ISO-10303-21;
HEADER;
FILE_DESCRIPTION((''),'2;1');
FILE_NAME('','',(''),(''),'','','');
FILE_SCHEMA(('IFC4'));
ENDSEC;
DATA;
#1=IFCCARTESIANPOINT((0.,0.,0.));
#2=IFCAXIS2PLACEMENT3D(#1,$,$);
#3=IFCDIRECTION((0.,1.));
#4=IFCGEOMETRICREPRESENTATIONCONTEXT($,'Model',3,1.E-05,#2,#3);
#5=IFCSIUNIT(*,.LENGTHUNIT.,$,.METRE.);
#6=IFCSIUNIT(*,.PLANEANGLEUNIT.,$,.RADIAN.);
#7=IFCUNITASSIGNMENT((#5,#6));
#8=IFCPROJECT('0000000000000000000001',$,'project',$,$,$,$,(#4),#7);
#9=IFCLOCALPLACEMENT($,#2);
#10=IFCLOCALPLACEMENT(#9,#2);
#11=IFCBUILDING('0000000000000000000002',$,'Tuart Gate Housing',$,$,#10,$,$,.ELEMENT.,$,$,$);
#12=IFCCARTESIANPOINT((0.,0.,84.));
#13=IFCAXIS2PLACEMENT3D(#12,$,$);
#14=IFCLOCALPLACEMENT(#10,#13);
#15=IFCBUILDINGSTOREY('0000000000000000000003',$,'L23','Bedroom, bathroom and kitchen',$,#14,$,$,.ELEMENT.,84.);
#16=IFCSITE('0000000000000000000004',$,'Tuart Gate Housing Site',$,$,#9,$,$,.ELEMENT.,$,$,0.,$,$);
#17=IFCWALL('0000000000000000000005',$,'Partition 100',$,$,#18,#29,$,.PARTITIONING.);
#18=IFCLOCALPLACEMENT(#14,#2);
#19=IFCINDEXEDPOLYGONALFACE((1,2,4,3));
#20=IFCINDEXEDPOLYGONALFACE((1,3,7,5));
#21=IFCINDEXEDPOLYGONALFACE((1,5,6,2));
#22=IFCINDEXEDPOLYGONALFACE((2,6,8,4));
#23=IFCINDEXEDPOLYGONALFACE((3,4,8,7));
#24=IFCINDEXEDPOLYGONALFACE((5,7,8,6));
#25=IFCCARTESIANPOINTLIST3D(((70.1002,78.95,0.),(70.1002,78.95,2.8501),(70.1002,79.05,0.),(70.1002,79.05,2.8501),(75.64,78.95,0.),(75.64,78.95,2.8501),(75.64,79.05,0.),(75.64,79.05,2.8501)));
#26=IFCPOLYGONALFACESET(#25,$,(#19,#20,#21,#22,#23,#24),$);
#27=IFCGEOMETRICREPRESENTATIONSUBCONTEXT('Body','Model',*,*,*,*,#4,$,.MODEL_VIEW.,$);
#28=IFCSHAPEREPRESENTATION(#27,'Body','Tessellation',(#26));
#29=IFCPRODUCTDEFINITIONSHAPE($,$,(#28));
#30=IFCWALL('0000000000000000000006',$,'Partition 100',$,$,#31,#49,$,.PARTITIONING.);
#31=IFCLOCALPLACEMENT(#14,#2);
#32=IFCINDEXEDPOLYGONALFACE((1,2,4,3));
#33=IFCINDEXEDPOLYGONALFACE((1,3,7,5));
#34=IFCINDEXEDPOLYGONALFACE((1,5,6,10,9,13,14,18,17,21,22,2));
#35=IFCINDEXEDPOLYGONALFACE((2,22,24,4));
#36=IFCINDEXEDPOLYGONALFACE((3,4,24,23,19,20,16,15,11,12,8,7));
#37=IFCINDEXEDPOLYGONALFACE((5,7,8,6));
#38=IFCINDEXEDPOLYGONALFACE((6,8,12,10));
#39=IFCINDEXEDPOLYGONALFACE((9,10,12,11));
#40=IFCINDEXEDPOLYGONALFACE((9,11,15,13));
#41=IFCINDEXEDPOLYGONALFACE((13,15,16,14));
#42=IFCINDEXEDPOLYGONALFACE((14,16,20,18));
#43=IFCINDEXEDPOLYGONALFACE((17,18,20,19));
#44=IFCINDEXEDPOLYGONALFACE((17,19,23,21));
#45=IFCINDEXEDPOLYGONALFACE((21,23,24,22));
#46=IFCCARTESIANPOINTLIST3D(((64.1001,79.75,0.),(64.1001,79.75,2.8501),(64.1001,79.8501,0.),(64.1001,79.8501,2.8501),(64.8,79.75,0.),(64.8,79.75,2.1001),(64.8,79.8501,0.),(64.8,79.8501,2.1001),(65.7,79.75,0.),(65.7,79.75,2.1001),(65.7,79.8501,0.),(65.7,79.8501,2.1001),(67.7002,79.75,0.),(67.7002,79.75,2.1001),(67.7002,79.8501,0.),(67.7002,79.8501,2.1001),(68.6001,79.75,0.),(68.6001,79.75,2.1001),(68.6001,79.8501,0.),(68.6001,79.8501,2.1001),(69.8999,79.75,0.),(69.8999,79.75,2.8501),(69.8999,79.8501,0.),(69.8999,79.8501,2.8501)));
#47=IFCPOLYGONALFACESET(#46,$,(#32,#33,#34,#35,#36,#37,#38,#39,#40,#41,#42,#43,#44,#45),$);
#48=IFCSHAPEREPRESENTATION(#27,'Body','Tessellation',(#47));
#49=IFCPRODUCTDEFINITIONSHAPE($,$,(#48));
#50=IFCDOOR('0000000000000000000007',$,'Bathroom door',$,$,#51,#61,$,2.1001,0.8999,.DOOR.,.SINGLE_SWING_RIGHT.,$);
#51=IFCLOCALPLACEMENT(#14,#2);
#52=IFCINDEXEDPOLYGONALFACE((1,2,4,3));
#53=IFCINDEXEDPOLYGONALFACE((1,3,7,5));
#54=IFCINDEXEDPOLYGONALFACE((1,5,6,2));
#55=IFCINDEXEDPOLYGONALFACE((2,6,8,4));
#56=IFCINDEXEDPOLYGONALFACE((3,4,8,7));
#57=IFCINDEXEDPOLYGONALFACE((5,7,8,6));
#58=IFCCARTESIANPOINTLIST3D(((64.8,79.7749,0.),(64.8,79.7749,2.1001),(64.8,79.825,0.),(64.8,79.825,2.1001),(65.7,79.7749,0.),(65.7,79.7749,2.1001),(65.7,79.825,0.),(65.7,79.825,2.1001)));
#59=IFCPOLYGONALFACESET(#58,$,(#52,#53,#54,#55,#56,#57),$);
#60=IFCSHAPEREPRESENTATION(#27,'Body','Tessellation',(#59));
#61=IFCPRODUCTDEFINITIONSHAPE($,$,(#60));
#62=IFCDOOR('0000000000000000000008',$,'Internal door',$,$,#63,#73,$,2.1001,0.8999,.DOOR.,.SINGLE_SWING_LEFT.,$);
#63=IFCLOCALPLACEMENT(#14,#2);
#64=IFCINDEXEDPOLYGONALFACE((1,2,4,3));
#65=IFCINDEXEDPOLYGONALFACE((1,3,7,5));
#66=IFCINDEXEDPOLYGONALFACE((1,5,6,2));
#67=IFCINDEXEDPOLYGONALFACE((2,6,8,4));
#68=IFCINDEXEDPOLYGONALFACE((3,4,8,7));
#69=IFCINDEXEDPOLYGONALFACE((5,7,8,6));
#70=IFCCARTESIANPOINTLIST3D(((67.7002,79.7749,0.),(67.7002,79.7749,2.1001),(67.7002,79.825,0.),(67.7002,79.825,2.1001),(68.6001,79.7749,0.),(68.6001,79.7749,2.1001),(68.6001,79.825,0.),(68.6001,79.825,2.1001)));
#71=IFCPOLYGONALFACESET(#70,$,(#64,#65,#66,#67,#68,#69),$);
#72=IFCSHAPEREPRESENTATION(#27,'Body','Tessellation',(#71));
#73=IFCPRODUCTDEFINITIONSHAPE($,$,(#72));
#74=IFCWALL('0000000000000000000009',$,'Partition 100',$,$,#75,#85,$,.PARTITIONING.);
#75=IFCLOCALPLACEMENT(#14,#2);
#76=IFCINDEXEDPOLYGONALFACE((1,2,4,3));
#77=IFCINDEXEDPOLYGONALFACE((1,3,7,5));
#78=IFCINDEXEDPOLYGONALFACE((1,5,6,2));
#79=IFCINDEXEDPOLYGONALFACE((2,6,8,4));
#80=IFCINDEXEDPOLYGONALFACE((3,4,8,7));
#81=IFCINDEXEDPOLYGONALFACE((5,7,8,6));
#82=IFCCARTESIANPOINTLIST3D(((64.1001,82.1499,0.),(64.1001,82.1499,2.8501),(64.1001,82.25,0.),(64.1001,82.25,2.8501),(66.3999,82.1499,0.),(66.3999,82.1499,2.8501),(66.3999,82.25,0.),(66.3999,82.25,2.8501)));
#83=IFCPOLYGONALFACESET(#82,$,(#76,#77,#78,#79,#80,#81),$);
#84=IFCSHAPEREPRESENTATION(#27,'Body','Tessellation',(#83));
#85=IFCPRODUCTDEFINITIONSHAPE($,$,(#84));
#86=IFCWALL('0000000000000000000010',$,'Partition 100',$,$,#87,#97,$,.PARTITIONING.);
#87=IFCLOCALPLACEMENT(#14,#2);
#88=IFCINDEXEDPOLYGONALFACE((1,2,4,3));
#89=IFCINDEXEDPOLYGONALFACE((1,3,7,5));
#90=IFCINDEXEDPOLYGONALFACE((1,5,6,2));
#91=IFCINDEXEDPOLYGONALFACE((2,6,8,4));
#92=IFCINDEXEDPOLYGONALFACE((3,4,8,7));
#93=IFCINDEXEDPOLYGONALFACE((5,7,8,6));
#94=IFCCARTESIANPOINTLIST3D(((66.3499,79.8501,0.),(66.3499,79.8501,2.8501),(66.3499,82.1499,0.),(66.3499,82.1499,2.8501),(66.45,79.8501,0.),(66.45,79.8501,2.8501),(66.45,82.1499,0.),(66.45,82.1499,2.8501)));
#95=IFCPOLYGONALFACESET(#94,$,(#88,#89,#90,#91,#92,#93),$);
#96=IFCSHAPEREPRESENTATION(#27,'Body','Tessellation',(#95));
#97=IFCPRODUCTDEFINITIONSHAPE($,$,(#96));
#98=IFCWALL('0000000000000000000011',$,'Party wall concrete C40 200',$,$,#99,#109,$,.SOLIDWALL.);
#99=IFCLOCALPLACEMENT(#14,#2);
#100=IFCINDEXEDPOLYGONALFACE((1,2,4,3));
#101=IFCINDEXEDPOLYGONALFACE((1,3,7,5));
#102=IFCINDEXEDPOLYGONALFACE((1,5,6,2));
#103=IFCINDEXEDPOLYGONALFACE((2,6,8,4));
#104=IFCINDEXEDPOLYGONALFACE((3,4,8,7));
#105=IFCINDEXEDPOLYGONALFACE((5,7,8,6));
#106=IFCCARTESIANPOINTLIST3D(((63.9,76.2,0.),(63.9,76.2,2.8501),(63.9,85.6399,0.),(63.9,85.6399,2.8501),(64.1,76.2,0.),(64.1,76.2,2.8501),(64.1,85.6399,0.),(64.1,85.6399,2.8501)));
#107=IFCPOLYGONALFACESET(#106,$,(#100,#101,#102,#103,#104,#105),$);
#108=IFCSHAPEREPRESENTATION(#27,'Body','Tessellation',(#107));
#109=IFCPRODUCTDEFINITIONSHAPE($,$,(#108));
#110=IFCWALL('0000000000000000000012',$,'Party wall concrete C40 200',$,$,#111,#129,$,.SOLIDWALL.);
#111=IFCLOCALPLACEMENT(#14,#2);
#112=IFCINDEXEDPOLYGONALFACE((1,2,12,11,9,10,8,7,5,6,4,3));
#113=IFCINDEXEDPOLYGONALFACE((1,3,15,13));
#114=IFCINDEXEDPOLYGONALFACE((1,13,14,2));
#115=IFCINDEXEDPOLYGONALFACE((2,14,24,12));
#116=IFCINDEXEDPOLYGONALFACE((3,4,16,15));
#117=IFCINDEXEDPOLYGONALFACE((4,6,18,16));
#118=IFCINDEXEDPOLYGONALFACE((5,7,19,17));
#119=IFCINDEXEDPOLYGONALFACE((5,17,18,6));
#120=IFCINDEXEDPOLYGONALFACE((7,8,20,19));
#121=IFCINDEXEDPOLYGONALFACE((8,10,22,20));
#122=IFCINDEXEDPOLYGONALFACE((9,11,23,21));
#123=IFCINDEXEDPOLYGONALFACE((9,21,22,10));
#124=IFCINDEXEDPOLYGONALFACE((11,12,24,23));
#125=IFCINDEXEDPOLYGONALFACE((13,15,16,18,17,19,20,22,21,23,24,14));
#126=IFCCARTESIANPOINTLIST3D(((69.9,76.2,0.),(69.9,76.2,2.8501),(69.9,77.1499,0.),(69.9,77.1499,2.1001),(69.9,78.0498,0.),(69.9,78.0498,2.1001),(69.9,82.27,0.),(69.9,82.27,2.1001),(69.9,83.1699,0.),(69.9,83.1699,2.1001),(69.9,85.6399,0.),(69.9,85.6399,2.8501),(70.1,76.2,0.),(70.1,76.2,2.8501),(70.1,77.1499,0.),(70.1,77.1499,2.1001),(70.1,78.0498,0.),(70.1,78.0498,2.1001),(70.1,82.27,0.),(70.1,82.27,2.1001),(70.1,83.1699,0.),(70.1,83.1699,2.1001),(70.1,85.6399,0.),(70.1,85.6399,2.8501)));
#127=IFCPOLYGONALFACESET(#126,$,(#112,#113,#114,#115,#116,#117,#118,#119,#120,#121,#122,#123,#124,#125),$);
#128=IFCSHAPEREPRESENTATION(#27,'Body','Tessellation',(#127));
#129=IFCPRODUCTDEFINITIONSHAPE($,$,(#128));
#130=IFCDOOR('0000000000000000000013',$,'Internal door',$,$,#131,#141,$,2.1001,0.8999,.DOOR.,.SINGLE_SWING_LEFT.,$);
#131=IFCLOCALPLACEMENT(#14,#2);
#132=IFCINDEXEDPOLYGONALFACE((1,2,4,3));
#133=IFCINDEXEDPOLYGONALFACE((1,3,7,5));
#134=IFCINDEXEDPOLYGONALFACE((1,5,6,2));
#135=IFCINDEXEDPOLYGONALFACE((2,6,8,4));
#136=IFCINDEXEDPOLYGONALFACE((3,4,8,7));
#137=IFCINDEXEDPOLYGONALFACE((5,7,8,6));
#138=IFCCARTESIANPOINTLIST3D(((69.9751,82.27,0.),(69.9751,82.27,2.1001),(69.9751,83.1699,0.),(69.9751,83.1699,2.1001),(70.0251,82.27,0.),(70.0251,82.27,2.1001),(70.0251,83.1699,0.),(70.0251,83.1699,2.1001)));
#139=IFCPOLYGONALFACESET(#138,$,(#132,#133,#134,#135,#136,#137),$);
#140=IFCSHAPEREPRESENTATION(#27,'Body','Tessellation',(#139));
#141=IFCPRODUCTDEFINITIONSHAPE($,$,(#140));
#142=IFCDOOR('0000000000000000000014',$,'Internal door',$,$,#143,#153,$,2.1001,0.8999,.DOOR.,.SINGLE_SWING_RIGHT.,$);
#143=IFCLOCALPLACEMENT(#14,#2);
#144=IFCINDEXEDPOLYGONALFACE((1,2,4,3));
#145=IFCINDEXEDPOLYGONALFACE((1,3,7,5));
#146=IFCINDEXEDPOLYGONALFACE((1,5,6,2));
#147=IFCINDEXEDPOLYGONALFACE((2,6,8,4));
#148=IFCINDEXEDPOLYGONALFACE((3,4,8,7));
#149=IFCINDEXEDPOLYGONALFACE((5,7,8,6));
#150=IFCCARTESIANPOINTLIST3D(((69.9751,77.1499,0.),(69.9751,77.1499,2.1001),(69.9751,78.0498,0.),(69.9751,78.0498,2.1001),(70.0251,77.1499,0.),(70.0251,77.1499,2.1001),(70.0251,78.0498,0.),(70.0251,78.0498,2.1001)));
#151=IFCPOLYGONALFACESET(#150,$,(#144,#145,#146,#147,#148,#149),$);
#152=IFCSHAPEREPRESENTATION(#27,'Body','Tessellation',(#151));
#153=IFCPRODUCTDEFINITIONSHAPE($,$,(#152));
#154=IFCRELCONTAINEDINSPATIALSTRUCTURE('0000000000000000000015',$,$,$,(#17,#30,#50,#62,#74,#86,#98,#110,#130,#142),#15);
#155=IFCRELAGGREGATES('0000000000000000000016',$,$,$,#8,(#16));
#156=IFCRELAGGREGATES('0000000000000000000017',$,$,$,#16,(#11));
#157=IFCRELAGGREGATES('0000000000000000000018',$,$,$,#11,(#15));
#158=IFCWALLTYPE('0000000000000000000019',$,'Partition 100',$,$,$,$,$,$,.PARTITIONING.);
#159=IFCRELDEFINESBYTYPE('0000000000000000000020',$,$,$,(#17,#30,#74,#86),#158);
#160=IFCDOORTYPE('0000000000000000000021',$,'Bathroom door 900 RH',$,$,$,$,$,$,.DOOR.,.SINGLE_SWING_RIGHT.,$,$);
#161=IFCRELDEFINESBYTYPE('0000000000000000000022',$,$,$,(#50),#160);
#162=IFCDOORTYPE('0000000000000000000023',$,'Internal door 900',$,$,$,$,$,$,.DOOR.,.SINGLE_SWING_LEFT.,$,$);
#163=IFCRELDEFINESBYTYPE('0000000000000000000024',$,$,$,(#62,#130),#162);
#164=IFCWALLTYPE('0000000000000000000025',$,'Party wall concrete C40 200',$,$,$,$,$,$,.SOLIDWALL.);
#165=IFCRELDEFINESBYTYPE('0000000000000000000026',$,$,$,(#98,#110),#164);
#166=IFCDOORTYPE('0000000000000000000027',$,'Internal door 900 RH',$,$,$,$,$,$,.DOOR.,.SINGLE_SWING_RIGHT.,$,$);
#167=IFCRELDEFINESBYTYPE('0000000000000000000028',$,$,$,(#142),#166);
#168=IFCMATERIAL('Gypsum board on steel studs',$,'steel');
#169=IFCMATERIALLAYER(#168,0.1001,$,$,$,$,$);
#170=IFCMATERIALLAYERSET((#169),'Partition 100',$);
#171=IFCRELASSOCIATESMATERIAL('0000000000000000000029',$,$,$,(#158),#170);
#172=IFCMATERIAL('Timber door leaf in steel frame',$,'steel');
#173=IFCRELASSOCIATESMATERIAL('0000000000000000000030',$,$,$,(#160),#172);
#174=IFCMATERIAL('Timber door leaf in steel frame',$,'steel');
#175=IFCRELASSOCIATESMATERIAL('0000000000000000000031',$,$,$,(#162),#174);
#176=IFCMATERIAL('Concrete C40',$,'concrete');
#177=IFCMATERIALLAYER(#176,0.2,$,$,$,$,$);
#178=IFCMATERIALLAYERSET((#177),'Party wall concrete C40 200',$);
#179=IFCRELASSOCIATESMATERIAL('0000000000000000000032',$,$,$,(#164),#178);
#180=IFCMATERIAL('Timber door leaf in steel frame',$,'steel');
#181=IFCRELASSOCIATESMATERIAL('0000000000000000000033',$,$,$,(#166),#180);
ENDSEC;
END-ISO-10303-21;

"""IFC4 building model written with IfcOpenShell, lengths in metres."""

from ifc_helpers import new_model, si_unit, direction, frame, frame_2d, origin, place, context, subcontext, project, spatial, rectangle, extrude, material, layer, layer_set, type_object, element, fill, save


model = new_model("IFC4")

# Units and contexts
model_context = context("Model", 3, precision=1e-05, world=origin(), true_north=direction((0.0, 1.0)))
body_context = subcontext(model_context, "Body", "Model", "MODEL_VIEW")
ifc_project = project(units=[si_unit("LENGTHUNIT", "METRE"), si_unit("PLANEANGLEUNIT", "RADIAN")], contexts=[model_context])

# Site, building, storey
site_placement = place(None, origin())
site = spatial("IfcSite", under=ifc_project, at=site_placement, Name="Tuart Gate Housing Site", CompositionType="ELEMENT", RefElevation=0.0)
building_placement = place(site_placement, origin())
building = spatial("IfcBuilding", under=site, at=building_placement, Name="Tuart Gate Housing", CompositionType="ELEMENT")
storey_placement = place(building_placement, frame((0.0, 0.0, 84.0)))
storey = spatial("IfcBuildingStorey", under=building, at=storey_placement, Name="L23", Description="Bedroom, bathroom and kitchen", CompositionType="ELEMENT", Elevation=84.0)

# Wall
ifc_material_1 = material(Name="Gypsum board on steel studs", Category="steel")
ifc_layer_1 = layer(ifc_material_1, 0.1001)
ifc_layer_set_1 = layer_set([ifc_layer_1], Name="Partition 100")
wall_type_1 = type_object("IfcWallType", Name="Partition 100", PredefinedType="PARTITIONING", material=ifc_layer_set_1)
wall_1_placement = place(storey_placement, frame((70.1001, 79.0, 0.0), z_axis=(0.0, 0.0, 1.0), x_axis=(1.0, 0.0, 0.0)))
element("IfcWall", 1, at=wall_1_placement, inside=storey, type_object=wall_type_1, Name="Partition 100", PredefinedType="PARTITIONING", context=body_context, shape_type="SweptSolid", body=[
    extrude(rectangle(XDim=5.5398, YDim=0.1001, at=frame_2d((2.77, 0.0))), origin(), (0.0, 0.0, 1.0), 2.8501),
])

# Wall, openings, doors
wall_2_placement = place(storey_placement, frame((64.1001, 79.8, 0.0), z_axis=(0.0, 0.0, 1.0), x_axis=(1.0, 0.0, 0.0)))
wall_2 = element("IfcWall", 2, at=wall_2_placement, inside=storey, type_object=wall_type_1, Name="Partition 100", PredefinedType="PARTITIONING", context=body_context, shape_type="SweptSolid", body=[
    extrude(rectangle(XDim=5.7998, YDim=0.1001, at=frame_2d((2.8999, 0.0))), origin(), (0.0, 0.0, 1.0), 2.8501),
])
opening_1_placement = place(wall_2_placement, frame((3.6001, 0.0, 0.0)))
opening_1 = element("IfcOpeningElement", 3, at=opening_1_placement, cuts=wall_2, PredefinedType="OPENING", context=body_context, shape_type="SweptSolid", body=[
    extrude(rectangle(XDim=0.8999, YDim=2.1001, at=frame_2d((0.45, 1.05))), frame((0.0, 0.0601, 0.0), z_axis=(0.0, -1.0, 0.0), x_axis=(1.0, 0.0, 0.0)), (0.0, 0.0, 1.0), 0.1201),
])
opening_2_placement = place(wall_2_placement, frame((0.7, 0.0, 0.0)))
opening_2 = element("IfcOpeningElement", 4, at=opening_2_placement, cuts=wall_2, PredefinedType="OPENING", context=body_context, shape_type="SweptSolid", body=[
    extrude(rectangle(XDim=0.8999, YDim=2.1001, at=frame_2d((0.45, 1.05))), frame((0.0, 0.0601, 0.0), z_axis=(0.0, -1.0, 0.0), x_axis=(1.0, 0.0, 0.0)), (0.0, 0.0, 1.0), 0.1201),
])
ifc_material_2 = material(Name="Timber door leaf in steel frame", Category="steel")
door_type_1 = type_object("IfcDoorType", Name="Bathroom door 900 RH", OperationType="SINGLE_SWING_RIGHT", PredefinedType="DOOR", material=ifc_material_2)
door_1_placement = place(opening_2_placement, origin())
door_1 = element("IfcDoor", 5, at=door_1_placement, inside=storey, type_object=door_type_1, Name="Bathroom door", OperationType="SINGLE_SWING_RIGHT", OverallHeight=2.1001, OverallWidth=0.8999, PredefinedType="DOOR", context=body_context, shape_type="SweptSolid", body=[
    extrude(rectangle(XDim=0.8999, YDim=2.1001, at=frame_2d((0.45, 1.05))), frame((0.0, 0.0249, 0.0), z_axis=(0.0, -1.0, 0.0), x_axis=(1.0, 0.0, 0.0)), (0.0, 0.0, 1.0), 0.05),
])
fill(opening_2, door_1)
ifc_material_3 = material(Name="Timber door leaf in steel frame", Category="steel")
door_type_2 = type_object("IfcDoorType", Name="Internal door 900", OperationType="SINGLE_SWING_LEFT", PredefinedType="DOOR", material=ifc_material_3)
door_2_placement = place(opening_1_placement, frame((0.8999, 0.0, 0.0), z_axis=(0.0, 0.0, 1.0), x_axis=(-1.0, 0.0, 0.0)))
door_2 = element("IfcDoor", 6, at=door_2_placement, inside=storey, type_object=door_type_2, Name="Internal door", OperationType="SINGLE_SWING_LEFT", OverallHeight=2.1001, OverallWidth=0.8999, PredefinedType="DOOR", context=body_context, shape_type="SweptSolid", body=[
    extrude(rectangle(XDim=0.8999, YDim=2.1001, at=frame_2d((0.45, 1.05))), frame((0.0, 0.0251, 0.0), z_axis=(0.0, -1.0, 0.0), x_axis=(1.0, 0.0, 0.0)), (0.0, 0.0, 1.0), 0.05),
])
fill(opening_1, door_2)

# Walls
for number, where, z_axis, x_axis, name in (
    (7, (64.1001, 82.2, 0.0), (0.0, 0.0, 1.0), (1.0, 0.0, 0.0), "Partition 100"),
    (8, (66.3999, 79.8501, 0.0), (0.0, 0.0, 1.0), (0.0, 1.0, 0.0), "Partition 100"),
):
    element("IfcWall", number, at=place(storey_placement, frame(where, z_axis=z_axis, x_axis=x_axis)), inside=storey, type_object=wall_type_1, Name=name, PredefinedType="PARTITIONING", context=body_context, shape_type="SweptSolid", body=[
        extrude(rectangle(XDim=2.2998, YDim=0.1001, at=frame_2d((1.1499, 0.0))), origin(), (0.0, 0.0, 1.0), 2.8501),
    ])
ifc_material_4 = material(Name="Concrete C40", Category="concrete")
ifc_layer_2 = layer(ifc_material_4, 0.2)
ifc_layer_set_2 = layer_set([ifc_layer_2], Name="Party wall concrete C40 200")
wall_type_2 = type_object("IfcWallType", Name="Party wall concrete C40 200", PredefinedType="SOLIDWALL", material=ifc_layer_set_2)
wall_3_placement = place(storey_placement, frame((64.0, 76.2, 0.0), z_axis=(0.0, 0.0, 1.0), x_axis=(0.0, 1.0, 0.0)))
element("IfcWall", 9, at=wall_3_placement, inside=storey, type_object=wall_type_2, Name="Party wall concrete C40 200", PredefinedType="SOLIDWALL", context=body_context, shape_type="SweptSolid", body=[
    extrude(rectangle(XDim=9.4399, YDim=0.2, at=frame_2d((4.72, 0.0))), origin(), (0.0, 0.0, 1.0), 2.8501),
])

# Wall, openings, doors
wall_4_placement = place(storey_placement, frame((70.0, 76.2, 0.0), z_axis=(0.0, 0.0, 1.0), x_axis=(0.0, 1.0, 0.0)))
wall_4 = element("IfcWall", 10, at=wall_4_placement, inside=storey, type_object=wall_type_2, Name="Party wall concrete C40 200", PredefinedType="SOLIDWALL", context=body_context, shape_type="SweptSolid", body=[
    extrude(rectangle(XDim=9.4399, YDim=0.2, at=frame_2d((4.72, 0.0))), origin(), (0.0, 0.0, 1.0), 2.8501),
])
opening_3_placement = place(wall_4_placement, frame((6.0701, 0.0, 0.0)))
opening_3 = element("IfcOpeningElement", 11, at=opening_3_placement, cuts=wall_4, PredefinedType="OPENING", context=body_context, shape_type="SweptSolid", body=[
    extrude(rectangle(XDim=0.8999, YDim=2.1001, at=frame_2d((0.45, 1.05))), frame((0.0, 0.1099, 0.0), z_axis=(0.0, -1.0, 0.0), x_axis=(1.0, 0.0, 0.0)), (0.0, 0.0, 1.0), 0.22),
])
opening_4_placement = place(wall_4_placement, frame((0.95, 0.0, 0.0)))
opening_4 = element("IfcOpeningElement", 12, at=opening_4_placement, cuts=wall_4, PredefinedType="OPENING", context=body_context, shape_type="SweptSolid", body=[
    extrude(rectangle(XDim=0.8999, YDim=2.1001, at=frame_2d((0.45, 1.05))), frame((0.0, 0.1099, 0.0), z_axis=(0.0, -1.0, 0.0), x_axis=(1.0, 0.0, 0.0)), (0.0, 0.0, 1.0), 0.22),
])
door_3_placement = place(opening_3_placement, frame((0.8999, 0.0, 0.0), z_axis=(0.0, 0.0, 1.0), x_axis=(-1.0, 0.0, 0.0)))
door_3 = element("IfcDoor", 13, at=door_3_placement, inside=storey, type_object=door_type_2, Name="Internal door", OperationType="SINGLE_SWING_LEFT", OverallHeight=2.1001, OverallWidth=0.8999, PredefinedType="DOOR", context=body_context, shape_type="SweptSolid", body=[
    extrude(rectangle(XDim=0.8999, YDim=2.1001, at=frame_2d((0.45, 1.05))), frame((0.0, 0.0251, 0.0), z_axis=(0.0, -1.0, 0.0), x_axis=(1.0, 0.0, 0.0)), (0.0, 0.0, 1.0), 0.05),
])
fill(opening_3, door_3)
ifc_material_5 = material(Name="Timber door leaf in steel frame", Category="steel")
door_type_3 = type_object("IfcDoorType", Name="Internal door 900 RH", OperationType="SINGLE_SWING_RIGHT", PredefinedType="DOOR", material=ifc_material_5)
door_4_placement = place(opening_4_placement, frame((0.8999, 0.0, 0.0), z_axis=(0.0, 0.0, 1.0), x_axis=(-1.0, 0.0, 0.0)))
door_4 = element("IfcDoor", 14, at=door_4_placement, inside=storey, type_object=door_type_3, Name="Internal door", OperationType="SINGLE_SWING_RIGHT", OverallHeight=2.1001, OverallWidth=0.8999, PredefinedType="DOOR", context=body_context, shape_type="SweptSolid", body=[
    extrude(rectangle(XDim=0.8999, YDim=2.1001, at=frame_2d((0.45, 1.05))), frame((0.0, 0.0251, 0.0), z_axis=(0.0, -1.0, 0.0), x_axis=(1.0, 0.0, 0.0)), (0.0, 0.0, 1.0), 0.05),
])
fill(opening_4, door_4)

save(model, "model.ifc")
